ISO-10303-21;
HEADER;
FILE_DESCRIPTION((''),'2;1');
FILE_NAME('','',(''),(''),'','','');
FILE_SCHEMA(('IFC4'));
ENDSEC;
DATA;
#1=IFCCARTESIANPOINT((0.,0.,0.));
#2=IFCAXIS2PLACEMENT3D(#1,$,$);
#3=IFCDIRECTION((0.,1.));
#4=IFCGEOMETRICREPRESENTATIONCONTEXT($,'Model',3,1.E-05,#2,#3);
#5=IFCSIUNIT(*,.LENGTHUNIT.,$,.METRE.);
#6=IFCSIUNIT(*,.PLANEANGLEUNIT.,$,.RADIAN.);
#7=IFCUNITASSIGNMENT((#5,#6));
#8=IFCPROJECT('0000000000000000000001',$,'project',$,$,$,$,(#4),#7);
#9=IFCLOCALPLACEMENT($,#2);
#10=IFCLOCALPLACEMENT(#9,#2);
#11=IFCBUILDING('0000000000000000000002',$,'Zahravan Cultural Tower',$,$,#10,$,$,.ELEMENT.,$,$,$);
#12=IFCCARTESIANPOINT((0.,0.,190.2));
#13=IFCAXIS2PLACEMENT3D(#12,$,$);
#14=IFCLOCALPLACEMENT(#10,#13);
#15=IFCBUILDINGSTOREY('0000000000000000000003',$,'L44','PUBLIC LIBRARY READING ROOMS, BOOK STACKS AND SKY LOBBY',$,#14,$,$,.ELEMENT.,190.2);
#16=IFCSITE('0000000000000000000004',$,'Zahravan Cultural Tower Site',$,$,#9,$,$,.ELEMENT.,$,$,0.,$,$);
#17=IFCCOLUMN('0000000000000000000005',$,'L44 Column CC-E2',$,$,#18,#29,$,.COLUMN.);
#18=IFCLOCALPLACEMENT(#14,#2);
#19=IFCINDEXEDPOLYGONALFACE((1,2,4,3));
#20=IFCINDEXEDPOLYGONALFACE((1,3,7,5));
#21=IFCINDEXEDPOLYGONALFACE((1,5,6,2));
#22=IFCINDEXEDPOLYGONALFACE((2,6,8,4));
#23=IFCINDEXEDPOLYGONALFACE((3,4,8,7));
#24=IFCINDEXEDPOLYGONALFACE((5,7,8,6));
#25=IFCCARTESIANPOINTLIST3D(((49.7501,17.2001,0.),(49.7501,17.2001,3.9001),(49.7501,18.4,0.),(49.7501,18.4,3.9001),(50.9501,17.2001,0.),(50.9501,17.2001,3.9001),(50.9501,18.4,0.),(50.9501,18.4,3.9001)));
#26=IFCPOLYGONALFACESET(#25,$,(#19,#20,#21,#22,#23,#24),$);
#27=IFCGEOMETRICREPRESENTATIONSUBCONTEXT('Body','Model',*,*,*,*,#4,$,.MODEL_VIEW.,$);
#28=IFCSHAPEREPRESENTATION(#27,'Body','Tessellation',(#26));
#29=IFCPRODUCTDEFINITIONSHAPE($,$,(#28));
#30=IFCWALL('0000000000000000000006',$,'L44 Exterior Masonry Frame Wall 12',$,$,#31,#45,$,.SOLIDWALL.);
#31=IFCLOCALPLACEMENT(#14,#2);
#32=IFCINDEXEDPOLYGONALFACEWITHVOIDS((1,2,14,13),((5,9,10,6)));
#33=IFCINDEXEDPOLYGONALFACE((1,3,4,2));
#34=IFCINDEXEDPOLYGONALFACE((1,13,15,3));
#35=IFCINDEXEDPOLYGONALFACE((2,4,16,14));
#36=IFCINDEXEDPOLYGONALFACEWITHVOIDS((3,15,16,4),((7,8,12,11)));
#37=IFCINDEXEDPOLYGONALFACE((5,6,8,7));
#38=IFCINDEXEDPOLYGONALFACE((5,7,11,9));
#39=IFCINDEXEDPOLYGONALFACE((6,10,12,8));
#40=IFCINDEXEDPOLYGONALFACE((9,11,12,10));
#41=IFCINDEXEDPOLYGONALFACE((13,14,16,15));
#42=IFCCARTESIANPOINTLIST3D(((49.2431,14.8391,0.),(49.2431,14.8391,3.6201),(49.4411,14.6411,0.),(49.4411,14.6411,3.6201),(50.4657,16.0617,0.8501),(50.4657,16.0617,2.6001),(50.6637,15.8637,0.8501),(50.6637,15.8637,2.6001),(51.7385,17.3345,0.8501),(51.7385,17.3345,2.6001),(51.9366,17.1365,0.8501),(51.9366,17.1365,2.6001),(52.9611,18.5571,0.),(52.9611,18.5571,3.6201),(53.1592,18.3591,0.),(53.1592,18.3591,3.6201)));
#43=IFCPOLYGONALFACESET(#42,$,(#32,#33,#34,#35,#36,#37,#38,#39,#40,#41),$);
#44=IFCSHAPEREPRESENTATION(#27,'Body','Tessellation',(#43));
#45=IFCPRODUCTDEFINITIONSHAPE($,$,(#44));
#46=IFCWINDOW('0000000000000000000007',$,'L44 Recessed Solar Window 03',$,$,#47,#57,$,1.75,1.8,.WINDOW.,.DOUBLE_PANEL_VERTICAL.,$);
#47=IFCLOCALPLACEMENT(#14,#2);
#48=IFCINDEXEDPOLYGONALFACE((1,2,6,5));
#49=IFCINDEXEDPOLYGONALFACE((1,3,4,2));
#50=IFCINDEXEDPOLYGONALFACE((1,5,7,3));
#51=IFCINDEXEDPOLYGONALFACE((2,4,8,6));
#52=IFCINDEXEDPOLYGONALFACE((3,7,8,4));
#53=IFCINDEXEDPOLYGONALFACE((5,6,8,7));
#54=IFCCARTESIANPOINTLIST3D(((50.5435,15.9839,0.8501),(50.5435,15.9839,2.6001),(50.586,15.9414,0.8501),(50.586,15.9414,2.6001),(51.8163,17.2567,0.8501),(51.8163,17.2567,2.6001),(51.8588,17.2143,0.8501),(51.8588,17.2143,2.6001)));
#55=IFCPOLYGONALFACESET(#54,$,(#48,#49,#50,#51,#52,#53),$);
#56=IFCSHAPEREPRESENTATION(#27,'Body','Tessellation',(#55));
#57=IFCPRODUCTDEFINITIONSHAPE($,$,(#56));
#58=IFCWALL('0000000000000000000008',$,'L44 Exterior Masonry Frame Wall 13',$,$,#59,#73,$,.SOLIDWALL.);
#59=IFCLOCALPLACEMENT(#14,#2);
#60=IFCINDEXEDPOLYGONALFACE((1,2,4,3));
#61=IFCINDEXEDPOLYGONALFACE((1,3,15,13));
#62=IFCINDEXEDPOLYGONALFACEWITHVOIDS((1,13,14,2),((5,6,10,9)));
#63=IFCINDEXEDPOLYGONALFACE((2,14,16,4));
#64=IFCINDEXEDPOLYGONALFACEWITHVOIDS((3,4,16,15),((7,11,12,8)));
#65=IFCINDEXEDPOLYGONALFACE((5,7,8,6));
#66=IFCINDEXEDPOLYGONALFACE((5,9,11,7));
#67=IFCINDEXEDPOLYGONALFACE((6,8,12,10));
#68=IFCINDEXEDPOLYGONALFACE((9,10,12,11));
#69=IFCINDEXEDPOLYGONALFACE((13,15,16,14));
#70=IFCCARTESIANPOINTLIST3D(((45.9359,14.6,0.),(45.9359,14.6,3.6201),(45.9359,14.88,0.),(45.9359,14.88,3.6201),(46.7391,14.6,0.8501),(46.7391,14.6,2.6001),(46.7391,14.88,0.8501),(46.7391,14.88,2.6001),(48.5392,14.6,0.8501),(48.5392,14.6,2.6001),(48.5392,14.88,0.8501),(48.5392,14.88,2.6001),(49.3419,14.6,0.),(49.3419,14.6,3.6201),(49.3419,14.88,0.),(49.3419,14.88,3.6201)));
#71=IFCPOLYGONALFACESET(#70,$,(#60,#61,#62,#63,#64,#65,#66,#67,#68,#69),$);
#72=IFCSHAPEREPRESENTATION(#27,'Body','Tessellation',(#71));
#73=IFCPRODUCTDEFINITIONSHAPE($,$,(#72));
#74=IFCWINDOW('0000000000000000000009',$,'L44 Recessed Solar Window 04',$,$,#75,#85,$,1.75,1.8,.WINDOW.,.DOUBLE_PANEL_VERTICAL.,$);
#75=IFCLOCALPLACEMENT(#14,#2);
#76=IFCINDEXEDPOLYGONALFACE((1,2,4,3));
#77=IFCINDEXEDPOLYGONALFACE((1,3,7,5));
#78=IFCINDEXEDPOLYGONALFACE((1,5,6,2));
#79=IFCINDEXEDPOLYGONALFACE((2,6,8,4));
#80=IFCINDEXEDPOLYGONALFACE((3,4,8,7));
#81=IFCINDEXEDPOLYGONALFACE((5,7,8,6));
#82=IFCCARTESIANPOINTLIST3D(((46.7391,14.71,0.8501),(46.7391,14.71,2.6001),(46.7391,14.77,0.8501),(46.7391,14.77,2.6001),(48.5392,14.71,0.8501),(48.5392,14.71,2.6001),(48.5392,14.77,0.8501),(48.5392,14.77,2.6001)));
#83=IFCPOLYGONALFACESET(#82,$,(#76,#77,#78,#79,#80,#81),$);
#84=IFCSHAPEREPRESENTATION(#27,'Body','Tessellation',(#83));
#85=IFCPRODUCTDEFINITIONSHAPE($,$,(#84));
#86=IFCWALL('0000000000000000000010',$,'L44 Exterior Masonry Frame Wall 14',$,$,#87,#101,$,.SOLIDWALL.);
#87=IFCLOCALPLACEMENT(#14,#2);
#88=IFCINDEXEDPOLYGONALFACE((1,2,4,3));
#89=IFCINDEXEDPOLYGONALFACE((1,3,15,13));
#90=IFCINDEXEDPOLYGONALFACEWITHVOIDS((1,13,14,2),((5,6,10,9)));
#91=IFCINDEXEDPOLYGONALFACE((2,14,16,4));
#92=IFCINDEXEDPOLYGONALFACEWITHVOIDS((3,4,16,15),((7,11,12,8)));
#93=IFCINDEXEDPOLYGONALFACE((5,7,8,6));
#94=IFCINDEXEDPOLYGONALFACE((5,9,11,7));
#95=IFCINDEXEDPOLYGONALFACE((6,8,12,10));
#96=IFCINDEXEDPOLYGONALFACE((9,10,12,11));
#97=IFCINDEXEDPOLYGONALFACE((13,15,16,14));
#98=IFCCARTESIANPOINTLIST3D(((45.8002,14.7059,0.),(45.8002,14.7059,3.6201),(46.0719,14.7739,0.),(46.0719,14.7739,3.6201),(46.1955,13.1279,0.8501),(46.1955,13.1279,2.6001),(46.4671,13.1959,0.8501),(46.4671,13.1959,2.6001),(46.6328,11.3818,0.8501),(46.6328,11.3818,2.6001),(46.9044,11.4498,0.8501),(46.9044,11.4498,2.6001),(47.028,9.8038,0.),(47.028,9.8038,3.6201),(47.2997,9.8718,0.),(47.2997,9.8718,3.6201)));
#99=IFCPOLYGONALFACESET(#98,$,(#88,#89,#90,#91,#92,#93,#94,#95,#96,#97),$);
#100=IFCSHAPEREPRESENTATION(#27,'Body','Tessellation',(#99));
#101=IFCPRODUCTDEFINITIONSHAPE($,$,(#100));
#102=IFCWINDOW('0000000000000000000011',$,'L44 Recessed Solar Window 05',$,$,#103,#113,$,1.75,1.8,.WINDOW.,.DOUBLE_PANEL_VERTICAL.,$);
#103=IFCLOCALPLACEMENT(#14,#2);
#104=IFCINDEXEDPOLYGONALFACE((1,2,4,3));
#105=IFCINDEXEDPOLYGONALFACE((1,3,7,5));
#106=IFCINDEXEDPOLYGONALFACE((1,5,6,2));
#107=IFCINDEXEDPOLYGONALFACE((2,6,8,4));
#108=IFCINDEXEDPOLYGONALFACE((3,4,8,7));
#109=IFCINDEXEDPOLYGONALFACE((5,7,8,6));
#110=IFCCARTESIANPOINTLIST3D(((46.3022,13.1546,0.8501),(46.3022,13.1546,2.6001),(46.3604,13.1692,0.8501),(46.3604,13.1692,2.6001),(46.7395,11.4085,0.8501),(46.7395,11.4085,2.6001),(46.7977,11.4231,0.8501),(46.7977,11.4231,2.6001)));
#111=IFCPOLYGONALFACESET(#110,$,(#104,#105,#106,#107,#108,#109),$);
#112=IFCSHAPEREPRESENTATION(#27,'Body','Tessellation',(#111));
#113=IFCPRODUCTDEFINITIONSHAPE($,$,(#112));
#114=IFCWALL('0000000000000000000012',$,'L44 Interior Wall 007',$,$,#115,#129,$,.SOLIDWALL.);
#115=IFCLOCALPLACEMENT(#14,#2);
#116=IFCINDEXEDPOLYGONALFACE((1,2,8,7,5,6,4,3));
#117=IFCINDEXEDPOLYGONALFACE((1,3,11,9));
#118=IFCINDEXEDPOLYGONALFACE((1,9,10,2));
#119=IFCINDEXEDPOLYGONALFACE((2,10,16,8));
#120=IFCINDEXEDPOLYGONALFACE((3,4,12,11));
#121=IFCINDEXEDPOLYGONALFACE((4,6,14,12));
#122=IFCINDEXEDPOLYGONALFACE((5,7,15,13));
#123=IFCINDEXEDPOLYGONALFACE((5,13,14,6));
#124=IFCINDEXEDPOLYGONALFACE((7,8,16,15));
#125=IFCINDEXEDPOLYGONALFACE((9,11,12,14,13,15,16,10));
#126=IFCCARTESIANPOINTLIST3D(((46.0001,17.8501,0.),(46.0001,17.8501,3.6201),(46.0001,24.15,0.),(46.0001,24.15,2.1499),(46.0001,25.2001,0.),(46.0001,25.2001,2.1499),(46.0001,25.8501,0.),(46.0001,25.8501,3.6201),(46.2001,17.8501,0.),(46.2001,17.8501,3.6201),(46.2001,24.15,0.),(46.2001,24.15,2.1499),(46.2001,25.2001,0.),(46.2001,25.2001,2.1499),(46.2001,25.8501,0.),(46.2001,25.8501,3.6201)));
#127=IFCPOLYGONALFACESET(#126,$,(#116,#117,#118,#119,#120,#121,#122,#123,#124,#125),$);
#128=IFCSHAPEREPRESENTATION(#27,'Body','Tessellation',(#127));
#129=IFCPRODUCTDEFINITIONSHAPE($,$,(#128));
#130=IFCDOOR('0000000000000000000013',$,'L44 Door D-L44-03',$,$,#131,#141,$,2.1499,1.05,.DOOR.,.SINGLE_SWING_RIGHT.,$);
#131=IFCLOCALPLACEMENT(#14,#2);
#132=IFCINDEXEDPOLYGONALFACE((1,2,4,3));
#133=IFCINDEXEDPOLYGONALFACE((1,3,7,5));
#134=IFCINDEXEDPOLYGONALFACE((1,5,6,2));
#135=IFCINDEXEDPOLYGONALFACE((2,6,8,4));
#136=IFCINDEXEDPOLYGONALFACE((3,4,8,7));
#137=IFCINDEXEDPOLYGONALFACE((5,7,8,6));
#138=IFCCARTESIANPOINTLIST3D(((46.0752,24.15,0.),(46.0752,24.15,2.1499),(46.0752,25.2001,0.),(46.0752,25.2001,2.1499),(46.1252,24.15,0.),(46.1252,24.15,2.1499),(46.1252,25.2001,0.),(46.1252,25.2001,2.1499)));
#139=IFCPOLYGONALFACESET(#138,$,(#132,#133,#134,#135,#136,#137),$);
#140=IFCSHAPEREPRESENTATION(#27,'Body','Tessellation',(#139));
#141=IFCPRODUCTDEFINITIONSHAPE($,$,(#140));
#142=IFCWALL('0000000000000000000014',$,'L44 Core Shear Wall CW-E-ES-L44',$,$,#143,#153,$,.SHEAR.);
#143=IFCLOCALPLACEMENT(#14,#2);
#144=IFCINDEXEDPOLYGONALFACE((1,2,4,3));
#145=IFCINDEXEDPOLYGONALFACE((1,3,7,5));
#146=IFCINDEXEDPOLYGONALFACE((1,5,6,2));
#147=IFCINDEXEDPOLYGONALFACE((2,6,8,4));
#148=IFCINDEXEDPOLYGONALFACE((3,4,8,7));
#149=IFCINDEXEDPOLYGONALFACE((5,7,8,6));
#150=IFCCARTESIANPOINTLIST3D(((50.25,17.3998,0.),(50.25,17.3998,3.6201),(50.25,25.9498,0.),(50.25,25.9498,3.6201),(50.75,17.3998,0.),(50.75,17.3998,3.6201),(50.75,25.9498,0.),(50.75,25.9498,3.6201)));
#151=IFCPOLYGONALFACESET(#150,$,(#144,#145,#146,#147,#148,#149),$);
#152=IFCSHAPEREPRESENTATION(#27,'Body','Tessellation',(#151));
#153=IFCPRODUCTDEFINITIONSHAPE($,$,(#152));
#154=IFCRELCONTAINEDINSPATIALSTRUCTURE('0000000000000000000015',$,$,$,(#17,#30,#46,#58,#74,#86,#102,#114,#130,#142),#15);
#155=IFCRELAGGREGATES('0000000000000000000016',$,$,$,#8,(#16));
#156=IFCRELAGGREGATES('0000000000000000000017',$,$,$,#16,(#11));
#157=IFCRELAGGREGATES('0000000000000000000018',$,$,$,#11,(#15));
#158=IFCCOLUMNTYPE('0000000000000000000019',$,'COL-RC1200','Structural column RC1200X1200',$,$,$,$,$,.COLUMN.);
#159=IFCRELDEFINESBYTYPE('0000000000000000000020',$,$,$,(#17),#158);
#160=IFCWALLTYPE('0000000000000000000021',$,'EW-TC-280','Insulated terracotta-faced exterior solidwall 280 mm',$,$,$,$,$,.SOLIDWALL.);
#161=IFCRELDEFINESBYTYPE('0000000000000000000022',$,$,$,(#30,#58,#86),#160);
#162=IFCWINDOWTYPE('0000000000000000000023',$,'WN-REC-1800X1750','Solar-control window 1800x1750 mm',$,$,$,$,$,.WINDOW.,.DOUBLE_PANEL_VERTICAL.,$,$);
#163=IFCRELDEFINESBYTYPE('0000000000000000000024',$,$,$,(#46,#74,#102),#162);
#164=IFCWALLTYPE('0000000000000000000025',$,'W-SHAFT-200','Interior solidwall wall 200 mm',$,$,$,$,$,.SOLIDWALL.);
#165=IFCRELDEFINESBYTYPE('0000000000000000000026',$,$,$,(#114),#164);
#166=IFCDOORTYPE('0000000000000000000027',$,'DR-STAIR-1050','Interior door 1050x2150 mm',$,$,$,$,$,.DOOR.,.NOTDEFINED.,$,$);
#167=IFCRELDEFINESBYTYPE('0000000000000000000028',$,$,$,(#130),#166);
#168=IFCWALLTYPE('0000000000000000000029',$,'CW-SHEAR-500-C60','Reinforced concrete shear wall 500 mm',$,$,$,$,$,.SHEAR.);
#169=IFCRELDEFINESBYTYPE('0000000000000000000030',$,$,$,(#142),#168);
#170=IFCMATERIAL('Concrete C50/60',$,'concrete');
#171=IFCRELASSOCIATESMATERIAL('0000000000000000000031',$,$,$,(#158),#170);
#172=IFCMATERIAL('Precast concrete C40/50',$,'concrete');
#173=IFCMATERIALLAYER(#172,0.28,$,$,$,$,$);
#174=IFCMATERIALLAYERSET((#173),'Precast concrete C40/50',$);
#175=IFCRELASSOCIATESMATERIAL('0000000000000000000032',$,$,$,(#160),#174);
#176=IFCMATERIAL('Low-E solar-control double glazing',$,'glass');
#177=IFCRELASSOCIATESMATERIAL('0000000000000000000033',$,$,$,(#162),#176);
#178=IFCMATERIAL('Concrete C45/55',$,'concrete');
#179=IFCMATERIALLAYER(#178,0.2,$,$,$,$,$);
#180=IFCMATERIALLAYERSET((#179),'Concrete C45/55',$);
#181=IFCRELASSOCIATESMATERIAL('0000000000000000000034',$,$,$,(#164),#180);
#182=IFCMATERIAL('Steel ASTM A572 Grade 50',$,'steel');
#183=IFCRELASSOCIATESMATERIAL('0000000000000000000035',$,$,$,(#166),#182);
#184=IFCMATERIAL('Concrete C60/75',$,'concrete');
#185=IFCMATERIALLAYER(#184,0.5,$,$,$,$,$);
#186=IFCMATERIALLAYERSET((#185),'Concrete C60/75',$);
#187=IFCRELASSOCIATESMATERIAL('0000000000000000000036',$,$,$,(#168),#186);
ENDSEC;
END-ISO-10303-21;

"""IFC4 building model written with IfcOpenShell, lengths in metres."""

from ifc_helpers import new_model, si_unit, direction, frame, frame_2d, origin, origin_2d, place, context, subcontext, project, spatial, rectangle, extrude, source, transform, mapped, material, layer, layer_set, material_profile, profile_set, type_object, element, fill, save


model = new_model("IFC4")

# Units and contexts
model_context = context("Model", 3, precision=1e-05, world=origin(), true_north=direction((0.0, 1.0)))
body_context = subcontext(model_context, "Body", "Model", "MODEL_VIEW")
ifc_project = project(units=[si_unit("LENGTHUNIT", "METRE"), si_unit("PLANEANGLEUNIT", "RADIAN")], contexts=[model_context])

# Site, building, storey
site_placement = place(None, origin())
site = spatial("IfcSite", under=ifc_project, at=site_placement, Name="Zahravan Cultural Tower Site", CompositionType="ELEMENT", RefElevation=0.0)
building_placement = place(site_placement, origin())
building = spatial("IfcBuilding", under=site, at=building_placement, Name="Zahravan Cultural Tower", CompositionType="ELEMENT")
storey_placement = place(building_placement, frame((0.0, 0.0, 190.2)))
storey = spatial("IfcBuildingStorey", under=building, at=storey_placement, Name="L44", Description="PUBLIC LIBRARY READING ROOMS, BOOK STACKS AND SKY LOBBY", CompositionType="ELEMENT", Elevation=190.2)

# Column
ifc_material_1 = material(Name="Concrete C50/60", Category="concrete")
ifc_material_profile = material_profile(ifc_material_1, rectangle(XDim=1.2, YDim=1.2, at=origin_2d()), Name="RC1200X1200")
ifc_profile_set = profile_set([ifc_material_profile], Name="Concrete C50/60")
column_type = type_object("IfcColumnType", Name="COL-RC1200", Description="Structural column RC1200X1200", PredefinedType="COLUMN", material=ifc_profile_set)
shared_shape_1 = source(origin(), body_context, "Body", "SweptSolid", [
    extrude(rectangle(XDim=1.2, YDim=1.2, at=origin_2d()), origin(), (0.0, 0.0, 1.0), 3.9001),
])
column_placement = place(storey_placement, frame((50.3501, 17.8, 0.0), z_axis=(0.0, 0.0, 1.0), x_axis=(1.0, 0.0, 0.0)))
element("IfcColumn", 1, at=column_placement, inside=storey, type_object=column_type, Name="L44 Column CC-E2", PredefinedType="COLUMN", context=body_context, shape_type="MappedRepresentation", body=[
    mapped(shared_shape_1, transform((0.0, 0.0, 0.0), x_axis=(1.0, 0.0, 0.0), y_axis=(0.0, 1.0, 0.0), z_axis=(0.0, 0.0, 1.0), scale=1.0)),
])

# Walls, openings, windows
ifc_material_2 = material(Name="Precast concrete C40/50", Category="concrete")
ifc_layer_1 = layer(ifc_material_2, 0.28)
ifc_layer_set_1 = layer_set([ifc_layer_1], Name="Precast concrete C40/50")
wall_type_1 = type_object("IfcWallType", Name="EW-TC-280", Description="Insulated terracotta-faced exterior solidwall 280 mm", PredefinedType="SOLIDWALL", material=ifc_layer_set_1)
wall_1_placement = place(storey_placement, frame((53.0601, 18.458, 0.0), z_axis=(0.0, 0.0, 1.0), x_axis=(-0.707107, -0.707107, 0.0)))
wall_1 = element("IfcWall", 2, at=wall_1_placement, inside=storey, type_object=wall_type_1, Name="L44 Exterior Masonry Frame Wall 12", PredefinedType="SOLIDWALL", context=body_context, shape_type="SweptSolid", body=[
    extrude(rectangle(XDim=5.2581, YDim=0.28, at=frame_2d((2.6289, 0.0))), origin(), (0.0, 0.0, 1.0), 3.6201),
])
opening_1_placement = place(wall_1_placement, frame((1.729, 0.0, 0.8501)))
opening_1 = element("IfcOpeningElement", 3, at=opening_1_placement, cuts=wall_1, PredefinedType="OPENING", context=body_context, shape_type="SweptSolid", body=[
    extrude(rectangle(XDim=1.8, YDim=1.75, at=frame_2d((0.8999, 0.875))), frame((0.0, 0.1499, 0.0), z_axis=(0.0, -1.0, 0.0), x_axis=(1.0, 0.0, 0.0)), (0.0, 0.0, 1.0), 0.3),
])
ifc_material_3 = material(Name="Low-E solar-control double glazing", Category="glass")
window_type = type_object("IfcWindowType", Name="WN-REC-1800X1750", Description="Solar-control window 1800x1750 mm", PartitioningType="DOUBLE_PANEL_VERTICAL", PredefinedType="WINDOW", material=ifc_material_3)
shared_shape_2 = source(origin(), body_context, "Body", "SweptSolid", [
    extrude(rectangle(XDim=1.8, YDim=1.75, at=frame_2d((0.8999, 0.875))), frame((0.0, 0.03, 0.0), z_axis=(0.0, -1.0, 0.0), x_axis=(1.0, 0.0, 0.0)), (0.0, 0.0, 1.0), 0.0601),
])
window_1_placement = place(opening_1_placement, origin())
window_1 = element("IfcWindow", 4, at=window_1_placement, inside=storey, type_object=window_type, Name="L44 Recessed Solar Window 03", OverallHeight=1.75, OverallWidth=1.8, PartitioningType="DOUBLE_PANEL_VERTICAL", PredefinedType="WINDOW", context=body_context, shape_type="MappedRepresentation", body=[
    mapped(shared_shape_2, transform((0.0, 0.0, 0.0), x_axis=(1.0, 0.0, 0.0), y_axis=(0.0, 1.0, 0.0), z_axis=(0.0, 0.0, 1.0), scale=1.0)),
])
fill(opening_1, window_1)
wall_2_placement = place(storey_placement, frame((49.342, 14.74, 0.0), z_axis=(0.0, 0.0, 1.0), x_axis=(-1.0, 0.0, 0.0)))
wall_2 = element("IfcWall", 5, at=wall_2_placement, inside=storey, type_object=wall_type_1, Name="L44 Exterior Masonry Frame Wall 13", PredefinedType="SOLIDWALL", context=body_context, shape_type="SweptSolid", body=[
    extrude(rectangle(XDim=3.406, YDim=0.28, at=frame_2d((1.7031, 0.0))), origin(), (0.0, 0.0, 1.0), 3.6201),
])
opening_2_placement = place(wall_2_placement, frame((0.803, 0.0, 0.8501)))
opening_2 = element("IfcOpeningElement", 6, at=opening_2_placement, cuts=wall_2, PredefinedType="OPENING", context=body_context, shape_type="SweptSolid", body=[
    extrude(rectangle(XDim=1.8, YDim=1.75, at=frame_2d((0.8999, 0.875))), frame((0.0, 0.1499, 0.0), z_axis=(0.0, -1.0, 0.0), x_axis=(1.0, 0.0, 0.0)), (0.0, 0.0, 1.0), 0.3),
])
window_2_placement = place(opening_2_placement, origin())
window_2 = element("IfcWindow", 7, at=window_2_placement, inside=storey, type_object=window_type, Name="L44 Recessed Solar Window 04", OverallHeight=1.75, OverallWidth=1.8, PartitioningType="DOUBLE_PANEL_VERTICAL", PredefinedType="WINDOW", context=body_context, shape_type="MappedRepresentation", body=[
    mapped(shared_shape_2, transform((0.0, 0.0, 0.0), x_axis=(1.0, 0.0, 0.0), y_axis=(0.0, 1.0, 0.0), z_axis=(0.0, 0.0, 1.0), scale=1.0)),
])
fill(opening_2, window_2)
wall_3_placement = place(storey_placement, frame((45.936, 14.74, 0.0), z_axis=(0.0, 0.0, 1.0), x_axis=(0.242956, -0.970037, 0.0)))
wall_3 = element("IfcWall", 8, at=wall_3_placement, inside=storey, type_object=wall_type_1, Name="L44 Exterior Masonry Frame Wall 14", PredefinedType="SOLIDWALL", context=body_context, shape_type="SweptSolid", body=[
    extrude(rectangle(XDim=5.0535, YDim=0.28, at=frame_2d((2.5269, 0.0))), origin(), (0.0, 0.0, 1.0), 3.6201),
])
opening_3_placement = place(wall_3_placement, frame((1.627, 0.0, 0.8501)))
opening_3 = element("IfcOpeningElement", 9, at=opening_3_placement, cuts=wall_3, PredefinedType="OPENING", context=body_context, shape_type="SweptSolid", body=[
    extrude(rectangle(XDim=1.8, YDim=1.75, at=frame_2d((0.8999, 0.875))), frame((0.0, 0.1499, 0.0), z_axis=(0.0, -1.0, 0.0), x_axis=(1.0, 0.0, 0.0)), (0.0, 0.0, 1.0), 0.3),
])
window_3_placement = place(opening_3_placement, origin())
window_3 = element("IfcWindow", 10, at=window_3_placement, inside=storey, type_object=window_type, Name="L44 Recessed Solar Window 05", OverallHeight=1.75, OverallWidth=1.8, PartitioningType="DOUBLE_PANEL_VERTICAL", PredefinedType="WINDOW", context=body_context, shape_type="MappedRepresentation", body=[
    mapped(shared_shape_2, transform((0.0, 0.0, 0.0), x_axis=(1.0, 0.0, 0.0), y_axis=(0.0, 1.0, 0.0), z_axis=(0.0, 0.0, 1.0), scale=1.0)),
])
fill(opening_3, window_3)

# Wall, opening, door
ifc_material_4 = material(Name="Concrete C45/55", Category="concrete")
ifc_layer_2 = layer(ifc_material_4, 0.2)
ifc_layer_set_2 = layer_set([ifc_layer_2], Name="Concrete C45/55")
wall_type_2 = type_object("IfcWallType", Name="W-SHAFT-200", Description="Interior solidwall wall 200 mm", PredefinedType="SOLIDWALL", material=ifc_layer_set_2)
wall_4_placement = place(storey_placement, frame((46.1001, 17.8501, 0.0), z_axis=(0.0, 0.0, 1.0), x_axis=(0.0, 1.0, 0.0)))
wall_4 = element("IfcWall", 11, at=wall_4_placement, inside=storey, type_object=wall_type_2, Name="L44 Interior Wall 007", PredefinedType="SOLIDWALL", context=body_context, shape_type="SweptSolid", body=[
    extrude(rectangle(XDim=8.0, YDim=0.2, at=frame_2d((4.0, 0.0))), origin(), (0.0, 0.0, 1.0), 3.6201),
])
opening_4_placement = place(wall_4_placement, frame((6.3, 0.0, 0.0)))
opening_4 = element("IfcOpeningElement", 12, at=opening_4_placement, cuts=wall_4, PredefinedType="OPENING", context=body_context, shape_type="SweptSolid", body=[
    extrude(rectangle(XDim=1.05, YDim=2.1499, at=frame_2d((0.5249, 1.075))), frame((0.0, 0.1099, 0.0), z_axis=(0.0, -1.0, 0.0), x_axis=(1.0, 0.0, 0.0)), (0.0, 0.0, 1.0), 0.22),
])
ifc_material_5 = material(Name="Steel ASTM A572 Grade 50", Category="steel")
door_type = type_object("IfcDoorType", Name="DR-STAIR-1050", Description="Interior door 1050x2150 mm", OperationType="NOTDEFINED", PredefinedType="DOOR", material=ifc_material_5)
shared_shape_3 = source(origin(), body_context, "Body", "SweptSolid", [
    extrude(rectangle(XDim=1.05, YDim=2.1499, at=frame_2d((0.5249, 1.075))), frame((0.0, 0.0249, 0.0), z_axis=(0.0, -1.0, 0.0), x_axis=(1.0, 0.0, 0.0)), (0.0, 0.0, 1.0), 0.05),
])
door_placement = place(opening_4_placement, origin())
door = element("IfcDoor", 13, at=door_placement, inside=storey, type_object=door_type, Name="L44 Door D-L44-03", OperationType="SINGLE_SWING_RIGHT", OverallHeight=2.1499, OverallWidth=1.05, PredefinedType="DOOR", context=body_context, shape_type="MappedRepresentation", body=[
    mapped(shared_shape_3, transform((0.0, 0.0, 0.0), x_axis=(1.0, 0.0, 0.0), y_axis=(0.0, 1.0, 0.0), z_axis=(0.0, 0.0, 1.0), scale=1.0)),
])
fill(opening_4, door)

# Wall
ifc_material_6 = material(Name="Concrete C60/75", Category="concrete")
ifc_layer_3 = layer(ifc_material_6, 0.5)
ifc_layer_set_3 = layer_set([ifc_layer_3], Name="Concrete C60/75")
wall_type_3 = type_object("IfcWallType", Name="CW-SHEAR-500-C60", Description="Reinforced concrete shear wall 500 mm", PredefinedType="SHEAR", material=ifc_layer_set_3)
shared_shape_4 = source(origin(), body_context, "Body", "SweptSolid", [
    extrude(rectangle(XDim=8.55, YDim=0.5, at=frame_2d((4.2749, 0.0))), origin(), (0.0, 0.0, 1.0), 3.6201),
])
wall_5_placement = place(storey_placement, frame((50.5, 17.3999, 0.0), z_axis=(0.0, 0.0, 1.0), x_axis=(0.0, 1.0, 0.0)))
element("IfcWall", 14, at=wall_5_placement, inside=storey, type_object=wall_type_3, Name="L44 Core Shear Wall CW-E-ES-L44", PredefinedType="SHEAR", context=body_context, shape_type="MappedRepresentation", body=[
    mapped(shared_shape_4, transform((0.0, 0.0, 0.0), x_axis=(1.0, 0.0, 0.0), y_axis=(0.0, 1.0, 0.0), z_axis=(0.0, 0.0, 1.0), scale=1.0)),
])

save(model, "model.ifc")
